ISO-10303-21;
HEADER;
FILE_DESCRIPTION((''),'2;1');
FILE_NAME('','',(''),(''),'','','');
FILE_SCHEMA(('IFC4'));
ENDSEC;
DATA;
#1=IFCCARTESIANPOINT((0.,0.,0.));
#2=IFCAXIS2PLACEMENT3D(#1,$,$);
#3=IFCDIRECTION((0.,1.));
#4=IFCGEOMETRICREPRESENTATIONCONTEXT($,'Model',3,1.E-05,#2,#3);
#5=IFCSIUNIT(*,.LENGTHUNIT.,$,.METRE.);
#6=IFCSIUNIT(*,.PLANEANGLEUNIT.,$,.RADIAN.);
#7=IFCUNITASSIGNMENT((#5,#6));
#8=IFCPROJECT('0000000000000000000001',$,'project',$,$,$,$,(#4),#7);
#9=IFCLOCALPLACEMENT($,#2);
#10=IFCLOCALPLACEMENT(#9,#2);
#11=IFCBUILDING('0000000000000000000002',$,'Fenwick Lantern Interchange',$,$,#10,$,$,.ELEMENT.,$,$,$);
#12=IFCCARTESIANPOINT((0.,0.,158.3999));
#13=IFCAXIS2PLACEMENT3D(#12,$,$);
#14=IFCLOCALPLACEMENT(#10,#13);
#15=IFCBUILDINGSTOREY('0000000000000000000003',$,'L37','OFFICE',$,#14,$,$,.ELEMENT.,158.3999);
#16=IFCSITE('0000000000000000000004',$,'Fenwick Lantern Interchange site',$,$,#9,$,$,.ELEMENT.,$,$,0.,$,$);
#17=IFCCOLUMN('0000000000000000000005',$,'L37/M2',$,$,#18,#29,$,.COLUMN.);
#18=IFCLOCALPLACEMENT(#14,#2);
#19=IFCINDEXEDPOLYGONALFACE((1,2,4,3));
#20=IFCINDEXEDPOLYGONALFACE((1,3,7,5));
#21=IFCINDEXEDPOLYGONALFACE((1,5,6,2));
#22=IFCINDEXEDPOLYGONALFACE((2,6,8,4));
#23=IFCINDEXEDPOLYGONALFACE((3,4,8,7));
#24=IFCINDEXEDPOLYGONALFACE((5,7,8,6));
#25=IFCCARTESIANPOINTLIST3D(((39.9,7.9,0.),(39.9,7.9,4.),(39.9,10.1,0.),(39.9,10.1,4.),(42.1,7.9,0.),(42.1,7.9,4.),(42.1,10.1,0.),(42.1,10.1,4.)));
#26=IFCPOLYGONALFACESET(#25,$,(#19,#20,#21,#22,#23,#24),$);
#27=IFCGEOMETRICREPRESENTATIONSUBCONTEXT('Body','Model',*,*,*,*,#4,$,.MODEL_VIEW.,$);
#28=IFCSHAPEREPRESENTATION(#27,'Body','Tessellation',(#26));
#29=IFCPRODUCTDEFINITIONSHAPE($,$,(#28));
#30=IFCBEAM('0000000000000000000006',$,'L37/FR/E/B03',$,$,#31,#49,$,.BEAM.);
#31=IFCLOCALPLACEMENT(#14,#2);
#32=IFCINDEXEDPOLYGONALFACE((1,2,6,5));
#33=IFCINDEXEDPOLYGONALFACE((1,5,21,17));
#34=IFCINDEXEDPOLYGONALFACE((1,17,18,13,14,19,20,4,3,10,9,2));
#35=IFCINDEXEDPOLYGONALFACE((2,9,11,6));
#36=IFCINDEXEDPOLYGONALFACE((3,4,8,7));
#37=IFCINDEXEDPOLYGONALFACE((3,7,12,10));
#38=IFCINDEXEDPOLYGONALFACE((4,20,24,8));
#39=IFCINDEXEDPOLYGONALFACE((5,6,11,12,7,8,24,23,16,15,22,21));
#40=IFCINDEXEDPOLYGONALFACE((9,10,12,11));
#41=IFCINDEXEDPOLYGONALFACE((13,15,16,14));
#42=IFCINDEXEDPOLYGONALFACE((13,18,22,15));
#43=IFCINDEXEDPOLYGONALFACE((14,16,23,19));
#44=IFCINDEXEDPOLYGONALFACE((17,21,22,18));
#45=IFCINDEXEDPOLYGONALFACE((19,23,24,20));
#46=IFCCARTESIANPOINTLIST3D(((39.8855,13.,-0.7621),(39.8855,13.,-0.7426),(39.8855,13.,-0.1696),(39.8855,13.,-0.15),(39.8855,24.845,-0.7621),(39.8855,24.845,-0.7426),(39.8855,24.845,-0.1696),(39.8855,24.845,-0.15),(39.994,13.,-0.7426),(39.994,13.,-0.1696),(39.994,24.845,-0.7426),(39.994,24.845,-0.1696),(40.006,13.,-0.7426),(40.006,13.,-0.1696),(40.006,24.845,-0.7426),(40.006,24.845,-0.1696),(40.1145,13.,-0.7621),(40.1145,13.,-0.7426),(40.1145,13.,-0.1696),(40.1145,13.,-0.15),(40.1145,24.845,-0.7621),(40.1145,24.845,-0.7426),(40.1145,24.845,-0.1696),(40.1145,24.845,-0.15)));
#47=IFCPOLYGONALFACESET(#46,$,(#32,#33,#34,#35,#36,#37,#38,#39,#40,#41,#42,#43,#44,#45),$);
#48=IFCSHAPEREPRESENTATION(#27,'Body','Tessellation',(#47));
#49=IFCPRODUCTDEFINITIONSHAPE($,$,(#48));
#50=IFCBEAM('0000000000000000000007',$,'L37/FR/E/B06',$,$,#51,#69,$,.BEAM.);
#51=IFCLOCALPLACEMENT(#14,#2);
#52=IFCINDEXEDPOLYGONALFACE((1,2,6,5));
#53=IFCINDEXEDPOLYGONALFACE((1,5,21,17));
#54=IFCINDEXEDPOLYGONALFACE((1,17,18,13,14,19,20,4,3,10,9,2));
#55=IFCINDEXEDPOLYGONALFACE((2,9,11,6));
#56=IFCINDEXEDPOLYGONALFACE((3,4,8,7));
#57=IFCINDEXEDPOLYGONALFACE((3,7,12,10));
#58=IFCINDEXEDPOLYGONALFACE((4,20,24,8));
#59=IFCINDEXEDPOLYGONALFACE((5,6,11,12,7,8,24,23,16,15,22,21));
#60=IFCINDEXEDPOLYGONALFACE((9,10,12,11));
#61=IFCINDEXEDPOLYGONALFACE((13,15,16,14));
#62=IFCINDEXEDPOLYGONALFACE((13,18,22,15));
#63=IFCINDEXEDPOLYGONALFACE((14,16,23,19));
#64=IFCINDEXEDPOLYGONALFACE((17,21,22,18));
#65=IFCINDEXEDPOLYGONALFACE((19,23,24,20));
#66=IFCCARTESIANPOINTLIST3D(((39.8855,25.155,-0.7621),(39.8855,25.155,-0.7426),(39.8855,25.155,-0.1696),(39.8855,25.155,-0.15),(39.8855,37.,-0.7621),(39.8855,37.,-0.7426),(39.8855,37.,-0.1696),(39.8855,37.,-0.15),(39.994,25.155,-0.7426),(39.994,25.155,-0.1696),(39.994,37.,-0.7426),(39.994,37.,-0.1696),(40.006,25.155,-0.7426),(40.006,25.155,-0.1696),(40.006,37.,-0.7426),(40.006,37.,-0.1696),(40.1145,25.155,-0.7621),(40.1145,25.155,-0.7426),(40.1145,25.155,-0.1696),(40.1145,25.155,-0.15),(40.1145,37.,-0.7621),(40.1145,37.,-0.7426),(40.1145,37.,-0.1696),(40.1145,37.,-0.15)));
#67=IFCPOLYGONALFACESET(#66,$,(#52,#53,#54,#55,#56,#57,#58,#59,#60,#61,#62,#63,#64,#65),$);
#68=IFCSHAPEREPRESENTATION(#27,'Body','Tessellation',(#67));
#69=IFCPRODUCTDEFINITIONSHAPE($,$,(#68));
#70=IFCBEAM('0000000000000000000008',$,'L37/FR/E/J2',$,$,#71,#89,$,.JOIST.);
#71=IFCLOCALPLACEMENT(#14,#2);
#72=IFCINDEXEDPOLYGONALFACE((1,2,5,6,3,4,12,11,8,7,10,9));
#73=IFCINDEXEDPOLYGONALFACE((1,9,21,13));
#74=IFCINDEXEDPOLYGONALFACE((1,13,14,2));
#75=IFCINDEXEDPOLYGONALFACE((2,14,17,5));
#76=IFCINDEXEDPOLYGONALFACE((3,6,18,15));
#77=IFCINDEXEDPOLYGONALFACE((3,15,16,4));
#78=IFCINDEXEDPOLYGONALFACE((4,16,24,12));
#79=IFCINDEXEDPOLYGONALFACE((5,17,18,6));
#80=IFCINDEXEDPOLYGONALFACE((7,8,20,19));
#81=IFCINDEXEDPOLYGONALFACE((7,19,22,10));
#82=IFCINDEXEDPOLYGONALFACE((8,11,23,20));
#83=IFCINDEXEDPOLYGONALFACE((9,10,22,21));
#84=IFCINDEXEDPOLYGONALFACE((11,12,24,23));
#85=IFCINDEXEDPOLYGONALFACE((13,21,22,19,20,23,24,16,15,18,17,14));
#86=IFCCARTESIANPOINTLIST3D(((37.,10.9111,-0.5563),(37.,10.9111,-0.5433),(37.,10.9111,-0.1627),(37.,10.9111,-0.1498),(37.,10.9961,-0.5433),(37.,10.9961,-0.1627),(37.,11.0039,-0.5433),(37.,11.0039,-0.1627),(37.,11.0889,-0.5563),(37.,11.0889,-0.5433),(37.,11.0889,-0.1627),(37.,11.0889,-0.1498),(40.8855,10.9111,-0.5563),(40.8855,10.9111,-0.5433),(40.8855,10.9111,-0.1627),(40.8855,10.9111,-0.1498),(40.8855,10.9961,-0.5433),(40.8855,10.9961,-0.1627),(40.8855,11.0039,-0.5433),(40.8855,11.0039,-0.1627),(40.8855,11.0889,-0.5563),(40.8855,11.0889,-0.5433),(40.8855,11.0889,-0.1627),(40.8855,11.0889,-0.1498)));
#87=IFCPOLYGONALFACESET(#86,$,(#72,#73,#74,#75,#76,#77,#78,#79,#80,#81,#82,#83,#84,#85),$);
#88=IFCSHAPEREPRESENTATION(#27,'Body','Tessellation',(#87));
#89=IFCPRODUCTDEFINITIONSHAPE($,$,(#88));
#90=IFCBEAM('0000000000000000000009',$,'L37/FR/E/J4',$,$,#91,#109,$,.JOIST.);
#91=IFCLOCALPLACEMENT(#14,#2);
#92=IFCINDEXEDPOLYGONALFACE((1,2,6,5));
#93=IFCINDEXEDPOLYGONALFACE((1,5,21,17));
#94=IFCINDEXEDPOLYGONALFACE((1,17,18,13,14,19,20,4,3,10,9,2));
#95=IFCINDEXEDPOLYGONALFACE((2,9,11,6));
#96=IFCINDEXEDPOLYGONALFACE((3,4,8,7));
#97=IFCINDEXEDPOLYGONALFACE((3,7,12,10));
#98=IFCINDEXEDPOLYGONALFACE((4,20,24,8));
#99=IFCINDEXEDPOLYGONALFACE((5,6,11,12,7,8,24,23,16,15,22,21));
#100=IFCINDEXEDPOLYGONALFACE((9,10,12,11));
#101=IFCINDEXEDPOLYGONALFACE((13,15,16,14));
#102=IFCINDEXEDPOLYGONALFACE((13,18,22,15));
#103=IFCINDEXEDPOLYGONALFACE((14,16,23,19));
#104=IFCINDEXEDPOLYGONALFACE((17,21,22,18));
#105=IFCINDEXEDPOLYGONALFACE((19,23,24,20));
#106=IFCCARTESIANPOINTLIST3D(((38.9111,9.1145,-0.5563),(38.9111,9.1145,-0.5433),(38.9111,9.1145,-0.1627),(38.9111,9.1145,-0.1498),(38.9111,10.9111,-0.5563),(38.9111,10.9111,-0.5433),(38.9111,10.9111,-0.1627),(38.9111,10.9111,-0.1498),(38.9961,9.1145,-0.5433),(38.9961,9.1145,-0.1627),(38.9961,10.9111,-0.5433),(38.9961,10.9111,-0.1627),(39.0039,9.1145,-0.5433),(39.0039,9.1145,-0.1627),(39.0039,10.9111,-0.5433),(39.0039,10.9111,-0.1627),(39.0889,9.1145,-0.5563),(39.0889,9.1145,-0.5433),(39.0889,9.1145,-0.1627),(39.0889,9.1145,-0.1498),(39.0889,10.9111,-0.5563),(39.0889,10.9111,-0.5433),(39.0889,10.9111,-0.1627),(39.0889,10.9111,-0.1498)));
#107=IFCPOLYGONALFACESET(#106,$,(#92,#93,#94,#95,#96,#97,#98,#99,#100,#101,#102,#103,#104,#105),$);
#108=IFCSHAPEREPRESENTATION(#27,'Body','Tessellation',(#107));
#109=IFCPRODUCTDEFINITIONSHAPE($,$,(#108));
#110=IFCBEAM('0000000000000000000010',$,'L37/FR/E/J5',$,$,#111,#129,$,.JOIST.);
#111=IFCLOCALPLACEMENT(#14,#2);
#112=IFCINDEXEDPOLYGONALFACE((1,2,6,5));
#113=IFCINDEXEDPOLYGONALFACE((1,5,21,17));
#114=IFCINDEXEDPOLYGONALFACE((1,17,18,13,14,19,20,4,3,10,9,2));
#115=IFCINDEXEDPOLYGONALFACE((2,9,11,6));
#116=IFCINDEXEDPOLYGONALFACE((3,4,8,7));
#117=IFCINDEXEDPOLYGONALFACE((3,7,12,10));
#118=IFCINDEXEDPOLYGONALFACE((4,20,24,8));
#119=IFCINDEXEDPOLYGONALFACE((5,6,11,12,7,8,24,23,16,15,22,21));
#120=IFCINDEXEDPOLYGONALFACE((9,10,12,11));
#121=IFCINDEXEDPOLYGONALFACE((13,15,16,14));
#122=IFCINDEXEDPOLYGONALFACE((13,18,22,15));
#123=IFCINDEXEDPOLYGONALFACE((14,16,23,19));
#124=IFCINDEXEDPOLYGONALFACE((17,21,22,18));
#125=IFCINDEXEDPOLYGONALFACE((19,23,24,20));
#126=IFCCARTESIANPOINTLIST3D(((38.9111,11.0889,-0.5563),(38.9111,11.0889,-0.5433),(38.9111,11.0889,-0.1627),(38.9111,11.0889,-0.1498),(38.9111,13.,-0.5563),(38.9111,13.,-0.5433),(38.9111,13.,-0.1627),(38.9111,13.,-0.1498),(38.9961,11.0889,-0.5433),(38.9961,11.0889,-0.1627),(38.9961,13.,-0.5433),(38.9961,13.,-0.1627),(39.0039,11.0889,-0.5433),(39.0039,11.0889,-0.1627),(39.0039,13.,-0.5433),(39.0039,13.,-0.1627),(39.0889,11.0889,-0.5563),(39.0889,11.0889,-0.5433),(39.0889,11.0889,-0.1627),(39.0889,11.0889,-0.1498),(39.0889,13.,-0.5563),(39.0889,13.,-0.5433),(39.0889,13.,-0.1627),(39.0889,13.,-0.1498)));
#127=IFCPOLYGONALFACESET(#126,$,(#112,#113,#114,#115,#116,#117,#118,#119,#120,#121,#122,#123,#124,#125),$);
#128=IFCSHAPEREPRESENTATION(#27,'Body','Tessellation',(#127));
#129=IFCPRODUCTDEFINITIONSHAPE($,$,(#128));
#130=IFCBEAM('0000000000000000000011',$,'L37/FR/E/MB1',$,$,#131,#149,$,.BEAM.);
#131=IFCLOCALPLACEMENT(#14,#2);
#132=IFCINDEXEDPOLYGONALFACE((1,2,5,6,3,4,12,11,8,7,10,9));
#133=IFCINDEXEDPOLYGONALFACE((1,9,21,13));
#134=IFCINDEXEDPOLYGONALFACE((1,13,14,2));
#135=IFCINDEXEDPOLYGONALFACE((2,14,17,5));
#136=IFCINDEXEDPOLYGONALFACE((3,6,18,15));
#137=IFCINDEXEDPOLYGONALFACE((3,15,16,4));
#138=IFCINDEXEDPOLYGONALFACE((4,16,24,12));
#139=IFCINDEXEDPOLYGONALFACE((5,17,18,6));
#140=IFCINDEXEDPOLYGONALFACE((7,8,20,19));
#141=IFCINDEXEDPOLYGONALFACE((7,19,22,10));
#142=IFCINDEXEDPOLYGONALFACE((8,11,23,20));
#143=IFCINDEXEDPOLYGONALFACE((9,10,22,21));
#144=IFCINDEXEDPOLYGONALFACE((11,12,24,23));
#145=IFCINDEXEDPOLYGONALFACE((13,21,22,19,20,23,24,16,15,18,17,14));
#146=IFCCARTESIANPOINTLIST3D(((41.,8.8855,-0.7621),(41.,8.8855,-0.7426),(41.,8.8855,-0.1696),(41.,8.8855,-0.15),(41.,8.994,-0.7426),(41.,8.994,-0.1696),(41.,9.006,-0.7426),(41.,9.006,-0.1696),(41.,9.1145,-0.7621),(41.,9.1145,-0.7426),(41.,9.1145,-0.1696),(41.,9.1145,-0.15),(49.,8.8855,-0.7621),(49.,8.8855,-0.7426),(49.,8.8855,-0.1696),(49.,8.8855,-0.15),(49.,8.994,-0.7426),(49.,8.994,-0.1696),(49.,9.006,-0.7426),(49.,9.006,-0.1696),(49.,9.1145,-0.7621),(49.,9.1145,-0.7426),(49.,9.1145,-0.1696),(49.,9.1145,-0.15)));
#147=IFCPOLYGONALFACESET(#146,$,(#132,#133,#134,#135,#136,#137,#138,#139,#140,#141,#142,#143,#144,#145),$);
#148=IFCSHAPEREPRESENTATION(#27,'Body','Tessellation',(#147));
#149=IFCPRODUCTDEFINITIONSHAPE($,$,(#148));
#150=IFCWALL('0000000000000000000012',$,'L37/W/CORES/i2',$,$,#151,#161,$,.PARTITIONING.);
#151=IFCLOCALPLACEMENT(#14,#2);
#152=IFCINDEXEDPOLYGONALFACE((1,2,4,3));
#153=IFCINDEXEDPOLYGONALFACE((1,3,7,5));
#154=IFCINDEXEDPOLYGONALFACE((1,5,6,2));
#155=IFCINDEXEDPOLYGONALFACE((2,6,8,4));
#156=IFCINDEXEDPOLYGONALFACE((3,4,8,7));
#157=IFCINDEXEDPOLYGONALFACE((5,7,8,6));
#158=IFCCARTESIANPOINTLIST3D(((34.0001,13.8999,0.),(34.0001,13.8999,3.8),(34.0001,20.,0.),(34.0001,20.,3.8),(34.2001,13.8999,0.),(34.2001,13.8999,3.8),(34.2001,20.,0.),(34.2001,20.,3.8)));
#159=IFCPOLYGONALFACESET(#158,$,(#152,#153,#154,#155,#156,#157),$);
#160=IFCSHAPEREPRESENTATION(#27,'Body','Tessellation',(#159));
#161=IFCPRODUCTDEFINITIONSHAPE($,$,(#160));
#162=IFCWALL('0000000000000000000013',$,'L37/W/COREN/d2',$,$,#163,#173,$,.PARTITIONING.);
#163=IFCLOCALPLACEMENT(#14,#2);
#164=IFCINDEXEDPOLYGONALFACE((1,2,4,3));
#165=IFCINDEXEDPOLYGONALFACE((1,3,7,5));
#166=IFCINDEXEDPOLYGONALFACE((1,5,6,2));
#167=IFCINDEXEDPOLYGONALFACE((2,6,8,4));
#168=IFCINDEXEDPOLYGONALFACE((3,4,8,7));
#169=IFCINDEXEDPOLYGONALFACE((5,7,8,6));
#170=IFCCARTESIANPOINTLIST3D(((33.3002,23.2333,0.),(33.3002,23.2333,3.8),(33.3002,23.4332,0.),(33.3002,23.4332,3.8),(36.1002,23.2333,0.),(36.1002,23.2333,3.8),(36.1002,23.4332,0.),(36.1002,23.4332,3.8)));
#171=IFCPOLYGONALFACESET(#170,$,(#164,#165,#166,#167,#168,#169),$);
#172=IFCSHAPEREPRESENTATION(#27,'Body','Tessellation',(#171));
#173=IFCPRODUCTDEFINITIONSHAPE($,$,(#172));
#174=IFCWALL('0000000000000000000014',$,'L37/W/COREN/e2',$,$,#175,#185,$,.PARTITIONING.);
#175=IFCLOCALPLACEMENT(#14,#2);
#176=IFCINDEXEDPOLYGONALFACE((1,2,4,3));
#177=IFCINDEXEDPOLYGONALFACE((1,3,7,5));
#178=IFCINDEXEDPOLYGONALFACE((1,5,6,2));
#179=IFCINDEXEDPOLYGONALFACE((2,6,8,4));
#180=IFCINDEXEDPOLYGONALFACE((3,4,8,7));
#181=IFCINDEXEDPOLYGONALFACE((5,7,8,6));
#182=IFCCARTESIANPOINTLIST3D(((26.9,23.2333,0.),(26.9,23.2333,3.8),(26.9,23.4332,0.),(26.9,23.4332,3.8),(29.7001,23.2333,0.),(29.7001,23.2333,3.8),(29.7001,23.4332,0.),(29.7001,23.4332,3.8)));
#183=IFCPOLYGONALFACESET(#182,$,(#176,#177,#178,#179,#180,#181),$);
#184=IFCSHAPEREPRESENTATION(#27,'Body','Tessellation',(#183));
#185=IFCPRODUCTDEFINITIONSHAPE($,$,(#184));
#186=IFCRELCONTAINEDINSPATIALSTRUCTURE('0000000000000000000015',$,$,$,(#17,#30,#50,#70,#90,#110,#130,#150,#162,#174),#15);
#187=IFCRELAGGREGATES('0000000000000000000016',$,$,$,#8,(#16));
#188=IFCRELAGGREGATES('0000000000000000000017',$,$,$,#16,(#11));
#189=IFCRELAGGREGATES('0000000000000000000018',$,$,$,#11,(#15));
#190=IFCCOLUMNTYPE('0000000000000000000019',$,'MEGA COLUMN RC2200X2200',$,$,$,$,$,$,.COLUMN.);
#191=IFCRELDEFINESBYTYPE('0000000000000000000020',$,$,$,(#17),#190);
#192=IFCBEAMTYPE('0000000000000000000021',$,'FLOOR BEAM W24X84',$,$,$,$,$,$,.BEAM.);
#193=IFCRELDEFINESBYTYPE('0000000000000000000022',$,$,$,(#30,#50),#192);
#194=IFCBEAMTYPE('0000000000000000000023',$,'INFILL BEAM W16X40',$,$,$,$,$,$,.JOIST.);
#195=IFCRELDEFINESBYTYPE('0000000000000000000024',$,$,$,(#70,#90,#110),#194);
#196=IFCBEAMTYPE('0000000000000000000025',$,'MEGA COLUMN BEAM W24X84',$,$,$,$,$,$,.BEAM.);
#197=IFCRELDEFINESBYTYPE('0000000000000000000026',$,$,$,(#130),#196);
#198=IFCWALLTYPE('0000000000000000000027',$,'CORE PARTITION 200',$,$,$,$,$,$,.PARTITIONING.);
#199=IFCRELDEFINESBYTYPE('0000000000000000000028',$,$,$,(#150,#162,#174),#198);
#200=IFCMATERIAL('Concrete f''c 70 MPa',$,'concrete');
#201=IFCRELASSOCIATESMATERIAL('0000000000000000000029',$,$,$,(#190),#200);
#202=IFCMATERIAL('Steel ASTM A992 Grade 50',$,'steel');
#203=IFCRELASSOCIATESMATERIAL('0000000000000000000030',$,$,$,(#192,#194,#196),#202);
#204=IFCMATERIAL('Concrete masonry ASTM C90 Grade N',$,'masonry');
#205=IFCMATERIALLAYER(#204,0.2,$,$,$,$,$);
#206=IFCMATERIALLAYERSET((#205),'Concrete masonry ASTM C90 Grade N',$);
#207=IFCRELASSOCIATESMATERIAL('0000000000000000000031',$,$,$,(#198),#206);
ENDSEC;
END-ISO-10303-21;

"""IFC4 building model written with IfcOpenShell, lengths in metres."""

from ifc_helpers import new_model, si_unit, direction, frame, frame_2d, origin, origin_2d, place, context, subcontext, project, spatial, rectangle, i_section, extrude, material, layer, layer_set, material_profile, profile_set, type_object, element, save


model = new_model("IFC4")

# Units and contexts
model_context = context("Model", 3, precision=1e-05, world=origin(), true_north=direction((0.0, 1.0)))
body_context = subcontext(model_context, "Body", "Model", "MODEL_VIEW")
ifc_project = project(units=[si_unit("LENGTHUNIT", "METRE"), si_unit("PLANEANGLEUNIT", "RADIAN")], contexts=[model_context])

# Site, building, storey
site_placement = place(None, origin())
site = spatial("IfcSite", under=ifc_project, at=site_placement, Name="Fenwick Lantern Interchange site", CompositionType="ELEMENT", RefElevation=0.0)
building_placement = place(site_placement, origin())
building = spatial("IfcBuilding", under=site, at=building_placement, Name="Fenwick Lantern Interchange", CompositionType="ELEMENT")
storey_placement = place(building_placement, frame((0.0, 0.0, 158.3999)))
storey = spatial("IfcBuildingStorey", under=building, at=storey_placement, Name="L37", Description="OFFICE", CompositionType="ELEMENT", Elevation=158.3999)

# Column
ifc_material_1 = material(Name="Concrete f'c 70 MPa", Category="concrete")
ifc_material_profile_1 = material_profile(ifc_material_1, rectangle(XDim=2.2, YDim=2.2, at=origin_2d()), Name="RC2200X2200")
ifc_profile_set_1 = profile_set([ifc_material_profile_1], Name="Concrete f'c 70 MPa")
column_type = type_object("IfcColumnType", Name="MEGA COLUMN RC2200X2200", PredefinedType="COLUMN", material=ifc_profile_set_1)
column_placement = place(storey_placement, frame((41.0, 9.0, 0.0), z_axis=(0.0, 0.0, 1.0), x_axis=(1.0, 0.0, 0.0)))
element("IfcColumn", 1, at=column_placement, inside=storey, type_object=column_type, Name="L37/M2", PredefinedType="COLUMN", context=body_context, shape_type="SweptSolid", body=[
    extrude(rectangle(XDim=2.2, YDim=2.2, at=origin_2d()), origin(), (0.0, 0.0, 1.0), 4.0),
])

# Beams
ifc_material_2 = material(Name="Steel ASTM A992 Grade 50", Category="steel")
ifc_material_profile_2 = material_profile(ifc_material_2, i_section(OverallWidth=0.229, OverallDepth=0.6121, WebThickness=0.012, FlangeThickness=0.0195, at=origin_2d()), Name="W24X84")
ifc_profile_set_2 = profile_set([ifc_material_profile_2], Name="Steel ASTM A992 Grade 50")
beam_type_1 = type_object("IfcBeamType", Name="FLOOR BEAM W24X84", PredefinedType="BEAM", material=ifc_profile_set_2)
for number, where, z_axis, x_axis, name in (
    (2, (40.0, 13.0, -0.4561), (0.0, 1.0, 0.0), (-1.0, 0.0, 0.0), "L37/FR/E/B03"),
    (3, (40.0, 25.155, -0.4561), (0.0, 1.0, 0.0), (-1.0, 0.0, 0.0), "L37/FR/E/B06"),
):
    element("IfcBeam", number, at=place(storey_placement, frame(where, z_axis=z_axis, x_axis=x_axis)), inside=storey, type_object=beam_type_1, Name=name, PredefinedType="BEAM", context=body_context, shape_type="SweptSolid", body=[
        extrude(i_section(OverallWidth=0.229, OverallDepth=0.6121, WebThickness=0.012, FlangeThickness=0.0195, at=origin_2d()), origin(), (0.0, 0.0, 1.0), 11.845),
    ])
ifc_material_profile_3 = material_profile(ifc_material_2, i_section(OverallWidth=0.1777, OverallDepth=0.4065, WebThickness=0.0078, FlangeThickness=0.0129, at=origin_2d()), Name="W16X40")
ifc_profile_set_3 = profile_set([ifc_material_profile_3], Name="Steel ASTM A992 Grade 50")
beam_type_2 = type_object("IfcBeamType", Name="INFILL BEAM W16X40", PredefinedType="JOIST", material=ifc_profile_set_3)
beam_1_placement = place(storey_placement, frame((40.8855, 11.0, -0.353), z_axis=(-1.0, 0.0, 0.0), x_axis=(0.0, -1.0, 0.0)))
element("IfcBeam", 4, at=beam_1_placement, inside=storey, type_object=beam_type_2, Name="L37/FR/E/J2", PredefinedType="JOIST", context=body_context, shape_type="SweptSolid", body=[
    extrude(i_section(OverallWidth=0.1777, OverallDepth=0.4065, WebThickness=0.0078, FlangeThickness=0.0129, at=origin_2d()), origin(), (0.0, 0.0, 1.0), 3.8855),
])
beam_2_placement = place(storey_placement, frame((39.0, 9.1145, -0.353), z_axis=(0.0, 1.0, 0.0), x_axis=(-1.0, 0.0, 0.0)))
element("IfcBeam", 5, at=beam_2_placement, inside=storey, type_object=beam_type_2, Name="L37/FR/E/J4", PredefinedType="JOIST", context=body_context, shape_type="SweptSolid", body=[
    extrude(i_section(OverallWidth=0.1777, OverallDepth=0.4065, WebThickness=0.0078, FlangeThickness=0.0129, at=origin_2d()), origin(), (0.0, 0.0, 1.0), 1.7966),
])
beam_3_placement = place(storey_placement, frame((39.0, 11.0889, -0.353), z_axis=(0.0, 1.0, 0.0), x_axis=(-1.0, 0.0, 0.0)))
element("IfcBeam", 6, at=beam_3_placement, inside=storey, type_object=beam_type_2, Name="L37/FR/E/J5", PredefinedType="JOIST", context=body_context, shape_type="SweptSolid", body=[
    extrude(i_section(OverallWidth=0.1777, OverallDepth=0.4065, WebThickness=0.0078, FlangeThickness=0.0129, at=origin_2d()), origin(), (0.0, 0.0, 1.0), 1.9111),
])
ifc_material_profile_4 = material_profile(ifc_material_2, i_section(OverallWidth=0.229, OverallDepth=0.6121, WebThickness=0.012, FlangeThickness=0.0195, at=origin_2d()), Name="W24X84")
ifc_profile_set_4 = profile_set([ifc_material_profile_4], Name="Steel ASTM A992 Grade 50")
beam_type_3 = type_object("IfcBeamType", Name="MEGA COLUMN BEAM W24X84", PredefinedType="BEAM", material=ifc_profile_set_4)
beam_4_placement = place(storey_placement, frame((41.0, 9.0, -0.4561), z_axis=(1.0, 0.0, 0.0), x_axis=(0.0, 1.0, 0.0)))
element("IfcBeam", 7, at=beam_4_placement, inside=storey, type_object=beam_type_3, Name="L37/FR/E/MB1", PredefinedType="BEAM", context=body_context, shape_type="SweptSolid", body=[
    extrude(i_section(OverallWidth=0.229, OverallDepth=0.6121, WebThickness=0.012, FlangeThickness=0.0195, at=origin_2d()), origin(), (0.0, 0.0, 1.0), 8.0),
])

# Walls
ifc_material_3 = material(Name="Concrete masonry ASTM C90 Grade N", Category="masonry")
ifc_layer_1 = layer(ifc_material_3, 0.2)
ifc_layer_set_1 = layer_set([ifc_layer_1], Name="Concrete masonry ASTM C90 Grade N")
wall_type_1 = type_object("IfcWallType", Name="CORE PARTITION 200", PredefinedType="PARTITIONING", material=ifc_layer_set_1)
wall_1_placement = place(storey_placement, frame((34.1001, 13.8999, 0.0), z_axis=(0.0, 0.0, 1.0), x_axis=(0.0, 1.0, 0.0)))
element("IfcWall", 8, at=wall_1_placement, inside=storey, type_object=wall_type_1, Name="L37/W/CORES/i2", PredefinedType="PARTITIONING", context=body_context, shape_type="SweptSolid", body=[
    extrude(rectangle(XDim=6.1001, YDim=0.2, at=frame_2d((3.05, 0.0))), origin(), (0.0, 0.0, 1.0), 3.8),
])
for number, where, z_axis, x_axis, name in (
    (9, (36.1001, 23.3333, 0.0), (0.0, 0.0, 1.0), (-1.0, 0.0, 0.0), "L37/W/COREN/d2"),
    (10, (29.7, 23.3333, 0.0), (0.0, 0.0, 1.0), (-1.0, 0.0, 0.0), "L37/W/COREN/e2"),
):
    element("IfcWall", number, at=place(storey_placement, frame(where, z_axis=z_axis, x_axis=x_axis)), inside=storey, type_object=wall_type_1, Name=name, PredefinedType="PARTITIONING", context=body_context, shape_type="SweptSolid", body=[
        extrude(rectangle(XDim=2.8, YDim=0.2, at=frame_2d((1.3999, 0.0))), origin(), (0.0, 0.0, 1.0), 3.8),
    ])

save(model, "model.ifc")
